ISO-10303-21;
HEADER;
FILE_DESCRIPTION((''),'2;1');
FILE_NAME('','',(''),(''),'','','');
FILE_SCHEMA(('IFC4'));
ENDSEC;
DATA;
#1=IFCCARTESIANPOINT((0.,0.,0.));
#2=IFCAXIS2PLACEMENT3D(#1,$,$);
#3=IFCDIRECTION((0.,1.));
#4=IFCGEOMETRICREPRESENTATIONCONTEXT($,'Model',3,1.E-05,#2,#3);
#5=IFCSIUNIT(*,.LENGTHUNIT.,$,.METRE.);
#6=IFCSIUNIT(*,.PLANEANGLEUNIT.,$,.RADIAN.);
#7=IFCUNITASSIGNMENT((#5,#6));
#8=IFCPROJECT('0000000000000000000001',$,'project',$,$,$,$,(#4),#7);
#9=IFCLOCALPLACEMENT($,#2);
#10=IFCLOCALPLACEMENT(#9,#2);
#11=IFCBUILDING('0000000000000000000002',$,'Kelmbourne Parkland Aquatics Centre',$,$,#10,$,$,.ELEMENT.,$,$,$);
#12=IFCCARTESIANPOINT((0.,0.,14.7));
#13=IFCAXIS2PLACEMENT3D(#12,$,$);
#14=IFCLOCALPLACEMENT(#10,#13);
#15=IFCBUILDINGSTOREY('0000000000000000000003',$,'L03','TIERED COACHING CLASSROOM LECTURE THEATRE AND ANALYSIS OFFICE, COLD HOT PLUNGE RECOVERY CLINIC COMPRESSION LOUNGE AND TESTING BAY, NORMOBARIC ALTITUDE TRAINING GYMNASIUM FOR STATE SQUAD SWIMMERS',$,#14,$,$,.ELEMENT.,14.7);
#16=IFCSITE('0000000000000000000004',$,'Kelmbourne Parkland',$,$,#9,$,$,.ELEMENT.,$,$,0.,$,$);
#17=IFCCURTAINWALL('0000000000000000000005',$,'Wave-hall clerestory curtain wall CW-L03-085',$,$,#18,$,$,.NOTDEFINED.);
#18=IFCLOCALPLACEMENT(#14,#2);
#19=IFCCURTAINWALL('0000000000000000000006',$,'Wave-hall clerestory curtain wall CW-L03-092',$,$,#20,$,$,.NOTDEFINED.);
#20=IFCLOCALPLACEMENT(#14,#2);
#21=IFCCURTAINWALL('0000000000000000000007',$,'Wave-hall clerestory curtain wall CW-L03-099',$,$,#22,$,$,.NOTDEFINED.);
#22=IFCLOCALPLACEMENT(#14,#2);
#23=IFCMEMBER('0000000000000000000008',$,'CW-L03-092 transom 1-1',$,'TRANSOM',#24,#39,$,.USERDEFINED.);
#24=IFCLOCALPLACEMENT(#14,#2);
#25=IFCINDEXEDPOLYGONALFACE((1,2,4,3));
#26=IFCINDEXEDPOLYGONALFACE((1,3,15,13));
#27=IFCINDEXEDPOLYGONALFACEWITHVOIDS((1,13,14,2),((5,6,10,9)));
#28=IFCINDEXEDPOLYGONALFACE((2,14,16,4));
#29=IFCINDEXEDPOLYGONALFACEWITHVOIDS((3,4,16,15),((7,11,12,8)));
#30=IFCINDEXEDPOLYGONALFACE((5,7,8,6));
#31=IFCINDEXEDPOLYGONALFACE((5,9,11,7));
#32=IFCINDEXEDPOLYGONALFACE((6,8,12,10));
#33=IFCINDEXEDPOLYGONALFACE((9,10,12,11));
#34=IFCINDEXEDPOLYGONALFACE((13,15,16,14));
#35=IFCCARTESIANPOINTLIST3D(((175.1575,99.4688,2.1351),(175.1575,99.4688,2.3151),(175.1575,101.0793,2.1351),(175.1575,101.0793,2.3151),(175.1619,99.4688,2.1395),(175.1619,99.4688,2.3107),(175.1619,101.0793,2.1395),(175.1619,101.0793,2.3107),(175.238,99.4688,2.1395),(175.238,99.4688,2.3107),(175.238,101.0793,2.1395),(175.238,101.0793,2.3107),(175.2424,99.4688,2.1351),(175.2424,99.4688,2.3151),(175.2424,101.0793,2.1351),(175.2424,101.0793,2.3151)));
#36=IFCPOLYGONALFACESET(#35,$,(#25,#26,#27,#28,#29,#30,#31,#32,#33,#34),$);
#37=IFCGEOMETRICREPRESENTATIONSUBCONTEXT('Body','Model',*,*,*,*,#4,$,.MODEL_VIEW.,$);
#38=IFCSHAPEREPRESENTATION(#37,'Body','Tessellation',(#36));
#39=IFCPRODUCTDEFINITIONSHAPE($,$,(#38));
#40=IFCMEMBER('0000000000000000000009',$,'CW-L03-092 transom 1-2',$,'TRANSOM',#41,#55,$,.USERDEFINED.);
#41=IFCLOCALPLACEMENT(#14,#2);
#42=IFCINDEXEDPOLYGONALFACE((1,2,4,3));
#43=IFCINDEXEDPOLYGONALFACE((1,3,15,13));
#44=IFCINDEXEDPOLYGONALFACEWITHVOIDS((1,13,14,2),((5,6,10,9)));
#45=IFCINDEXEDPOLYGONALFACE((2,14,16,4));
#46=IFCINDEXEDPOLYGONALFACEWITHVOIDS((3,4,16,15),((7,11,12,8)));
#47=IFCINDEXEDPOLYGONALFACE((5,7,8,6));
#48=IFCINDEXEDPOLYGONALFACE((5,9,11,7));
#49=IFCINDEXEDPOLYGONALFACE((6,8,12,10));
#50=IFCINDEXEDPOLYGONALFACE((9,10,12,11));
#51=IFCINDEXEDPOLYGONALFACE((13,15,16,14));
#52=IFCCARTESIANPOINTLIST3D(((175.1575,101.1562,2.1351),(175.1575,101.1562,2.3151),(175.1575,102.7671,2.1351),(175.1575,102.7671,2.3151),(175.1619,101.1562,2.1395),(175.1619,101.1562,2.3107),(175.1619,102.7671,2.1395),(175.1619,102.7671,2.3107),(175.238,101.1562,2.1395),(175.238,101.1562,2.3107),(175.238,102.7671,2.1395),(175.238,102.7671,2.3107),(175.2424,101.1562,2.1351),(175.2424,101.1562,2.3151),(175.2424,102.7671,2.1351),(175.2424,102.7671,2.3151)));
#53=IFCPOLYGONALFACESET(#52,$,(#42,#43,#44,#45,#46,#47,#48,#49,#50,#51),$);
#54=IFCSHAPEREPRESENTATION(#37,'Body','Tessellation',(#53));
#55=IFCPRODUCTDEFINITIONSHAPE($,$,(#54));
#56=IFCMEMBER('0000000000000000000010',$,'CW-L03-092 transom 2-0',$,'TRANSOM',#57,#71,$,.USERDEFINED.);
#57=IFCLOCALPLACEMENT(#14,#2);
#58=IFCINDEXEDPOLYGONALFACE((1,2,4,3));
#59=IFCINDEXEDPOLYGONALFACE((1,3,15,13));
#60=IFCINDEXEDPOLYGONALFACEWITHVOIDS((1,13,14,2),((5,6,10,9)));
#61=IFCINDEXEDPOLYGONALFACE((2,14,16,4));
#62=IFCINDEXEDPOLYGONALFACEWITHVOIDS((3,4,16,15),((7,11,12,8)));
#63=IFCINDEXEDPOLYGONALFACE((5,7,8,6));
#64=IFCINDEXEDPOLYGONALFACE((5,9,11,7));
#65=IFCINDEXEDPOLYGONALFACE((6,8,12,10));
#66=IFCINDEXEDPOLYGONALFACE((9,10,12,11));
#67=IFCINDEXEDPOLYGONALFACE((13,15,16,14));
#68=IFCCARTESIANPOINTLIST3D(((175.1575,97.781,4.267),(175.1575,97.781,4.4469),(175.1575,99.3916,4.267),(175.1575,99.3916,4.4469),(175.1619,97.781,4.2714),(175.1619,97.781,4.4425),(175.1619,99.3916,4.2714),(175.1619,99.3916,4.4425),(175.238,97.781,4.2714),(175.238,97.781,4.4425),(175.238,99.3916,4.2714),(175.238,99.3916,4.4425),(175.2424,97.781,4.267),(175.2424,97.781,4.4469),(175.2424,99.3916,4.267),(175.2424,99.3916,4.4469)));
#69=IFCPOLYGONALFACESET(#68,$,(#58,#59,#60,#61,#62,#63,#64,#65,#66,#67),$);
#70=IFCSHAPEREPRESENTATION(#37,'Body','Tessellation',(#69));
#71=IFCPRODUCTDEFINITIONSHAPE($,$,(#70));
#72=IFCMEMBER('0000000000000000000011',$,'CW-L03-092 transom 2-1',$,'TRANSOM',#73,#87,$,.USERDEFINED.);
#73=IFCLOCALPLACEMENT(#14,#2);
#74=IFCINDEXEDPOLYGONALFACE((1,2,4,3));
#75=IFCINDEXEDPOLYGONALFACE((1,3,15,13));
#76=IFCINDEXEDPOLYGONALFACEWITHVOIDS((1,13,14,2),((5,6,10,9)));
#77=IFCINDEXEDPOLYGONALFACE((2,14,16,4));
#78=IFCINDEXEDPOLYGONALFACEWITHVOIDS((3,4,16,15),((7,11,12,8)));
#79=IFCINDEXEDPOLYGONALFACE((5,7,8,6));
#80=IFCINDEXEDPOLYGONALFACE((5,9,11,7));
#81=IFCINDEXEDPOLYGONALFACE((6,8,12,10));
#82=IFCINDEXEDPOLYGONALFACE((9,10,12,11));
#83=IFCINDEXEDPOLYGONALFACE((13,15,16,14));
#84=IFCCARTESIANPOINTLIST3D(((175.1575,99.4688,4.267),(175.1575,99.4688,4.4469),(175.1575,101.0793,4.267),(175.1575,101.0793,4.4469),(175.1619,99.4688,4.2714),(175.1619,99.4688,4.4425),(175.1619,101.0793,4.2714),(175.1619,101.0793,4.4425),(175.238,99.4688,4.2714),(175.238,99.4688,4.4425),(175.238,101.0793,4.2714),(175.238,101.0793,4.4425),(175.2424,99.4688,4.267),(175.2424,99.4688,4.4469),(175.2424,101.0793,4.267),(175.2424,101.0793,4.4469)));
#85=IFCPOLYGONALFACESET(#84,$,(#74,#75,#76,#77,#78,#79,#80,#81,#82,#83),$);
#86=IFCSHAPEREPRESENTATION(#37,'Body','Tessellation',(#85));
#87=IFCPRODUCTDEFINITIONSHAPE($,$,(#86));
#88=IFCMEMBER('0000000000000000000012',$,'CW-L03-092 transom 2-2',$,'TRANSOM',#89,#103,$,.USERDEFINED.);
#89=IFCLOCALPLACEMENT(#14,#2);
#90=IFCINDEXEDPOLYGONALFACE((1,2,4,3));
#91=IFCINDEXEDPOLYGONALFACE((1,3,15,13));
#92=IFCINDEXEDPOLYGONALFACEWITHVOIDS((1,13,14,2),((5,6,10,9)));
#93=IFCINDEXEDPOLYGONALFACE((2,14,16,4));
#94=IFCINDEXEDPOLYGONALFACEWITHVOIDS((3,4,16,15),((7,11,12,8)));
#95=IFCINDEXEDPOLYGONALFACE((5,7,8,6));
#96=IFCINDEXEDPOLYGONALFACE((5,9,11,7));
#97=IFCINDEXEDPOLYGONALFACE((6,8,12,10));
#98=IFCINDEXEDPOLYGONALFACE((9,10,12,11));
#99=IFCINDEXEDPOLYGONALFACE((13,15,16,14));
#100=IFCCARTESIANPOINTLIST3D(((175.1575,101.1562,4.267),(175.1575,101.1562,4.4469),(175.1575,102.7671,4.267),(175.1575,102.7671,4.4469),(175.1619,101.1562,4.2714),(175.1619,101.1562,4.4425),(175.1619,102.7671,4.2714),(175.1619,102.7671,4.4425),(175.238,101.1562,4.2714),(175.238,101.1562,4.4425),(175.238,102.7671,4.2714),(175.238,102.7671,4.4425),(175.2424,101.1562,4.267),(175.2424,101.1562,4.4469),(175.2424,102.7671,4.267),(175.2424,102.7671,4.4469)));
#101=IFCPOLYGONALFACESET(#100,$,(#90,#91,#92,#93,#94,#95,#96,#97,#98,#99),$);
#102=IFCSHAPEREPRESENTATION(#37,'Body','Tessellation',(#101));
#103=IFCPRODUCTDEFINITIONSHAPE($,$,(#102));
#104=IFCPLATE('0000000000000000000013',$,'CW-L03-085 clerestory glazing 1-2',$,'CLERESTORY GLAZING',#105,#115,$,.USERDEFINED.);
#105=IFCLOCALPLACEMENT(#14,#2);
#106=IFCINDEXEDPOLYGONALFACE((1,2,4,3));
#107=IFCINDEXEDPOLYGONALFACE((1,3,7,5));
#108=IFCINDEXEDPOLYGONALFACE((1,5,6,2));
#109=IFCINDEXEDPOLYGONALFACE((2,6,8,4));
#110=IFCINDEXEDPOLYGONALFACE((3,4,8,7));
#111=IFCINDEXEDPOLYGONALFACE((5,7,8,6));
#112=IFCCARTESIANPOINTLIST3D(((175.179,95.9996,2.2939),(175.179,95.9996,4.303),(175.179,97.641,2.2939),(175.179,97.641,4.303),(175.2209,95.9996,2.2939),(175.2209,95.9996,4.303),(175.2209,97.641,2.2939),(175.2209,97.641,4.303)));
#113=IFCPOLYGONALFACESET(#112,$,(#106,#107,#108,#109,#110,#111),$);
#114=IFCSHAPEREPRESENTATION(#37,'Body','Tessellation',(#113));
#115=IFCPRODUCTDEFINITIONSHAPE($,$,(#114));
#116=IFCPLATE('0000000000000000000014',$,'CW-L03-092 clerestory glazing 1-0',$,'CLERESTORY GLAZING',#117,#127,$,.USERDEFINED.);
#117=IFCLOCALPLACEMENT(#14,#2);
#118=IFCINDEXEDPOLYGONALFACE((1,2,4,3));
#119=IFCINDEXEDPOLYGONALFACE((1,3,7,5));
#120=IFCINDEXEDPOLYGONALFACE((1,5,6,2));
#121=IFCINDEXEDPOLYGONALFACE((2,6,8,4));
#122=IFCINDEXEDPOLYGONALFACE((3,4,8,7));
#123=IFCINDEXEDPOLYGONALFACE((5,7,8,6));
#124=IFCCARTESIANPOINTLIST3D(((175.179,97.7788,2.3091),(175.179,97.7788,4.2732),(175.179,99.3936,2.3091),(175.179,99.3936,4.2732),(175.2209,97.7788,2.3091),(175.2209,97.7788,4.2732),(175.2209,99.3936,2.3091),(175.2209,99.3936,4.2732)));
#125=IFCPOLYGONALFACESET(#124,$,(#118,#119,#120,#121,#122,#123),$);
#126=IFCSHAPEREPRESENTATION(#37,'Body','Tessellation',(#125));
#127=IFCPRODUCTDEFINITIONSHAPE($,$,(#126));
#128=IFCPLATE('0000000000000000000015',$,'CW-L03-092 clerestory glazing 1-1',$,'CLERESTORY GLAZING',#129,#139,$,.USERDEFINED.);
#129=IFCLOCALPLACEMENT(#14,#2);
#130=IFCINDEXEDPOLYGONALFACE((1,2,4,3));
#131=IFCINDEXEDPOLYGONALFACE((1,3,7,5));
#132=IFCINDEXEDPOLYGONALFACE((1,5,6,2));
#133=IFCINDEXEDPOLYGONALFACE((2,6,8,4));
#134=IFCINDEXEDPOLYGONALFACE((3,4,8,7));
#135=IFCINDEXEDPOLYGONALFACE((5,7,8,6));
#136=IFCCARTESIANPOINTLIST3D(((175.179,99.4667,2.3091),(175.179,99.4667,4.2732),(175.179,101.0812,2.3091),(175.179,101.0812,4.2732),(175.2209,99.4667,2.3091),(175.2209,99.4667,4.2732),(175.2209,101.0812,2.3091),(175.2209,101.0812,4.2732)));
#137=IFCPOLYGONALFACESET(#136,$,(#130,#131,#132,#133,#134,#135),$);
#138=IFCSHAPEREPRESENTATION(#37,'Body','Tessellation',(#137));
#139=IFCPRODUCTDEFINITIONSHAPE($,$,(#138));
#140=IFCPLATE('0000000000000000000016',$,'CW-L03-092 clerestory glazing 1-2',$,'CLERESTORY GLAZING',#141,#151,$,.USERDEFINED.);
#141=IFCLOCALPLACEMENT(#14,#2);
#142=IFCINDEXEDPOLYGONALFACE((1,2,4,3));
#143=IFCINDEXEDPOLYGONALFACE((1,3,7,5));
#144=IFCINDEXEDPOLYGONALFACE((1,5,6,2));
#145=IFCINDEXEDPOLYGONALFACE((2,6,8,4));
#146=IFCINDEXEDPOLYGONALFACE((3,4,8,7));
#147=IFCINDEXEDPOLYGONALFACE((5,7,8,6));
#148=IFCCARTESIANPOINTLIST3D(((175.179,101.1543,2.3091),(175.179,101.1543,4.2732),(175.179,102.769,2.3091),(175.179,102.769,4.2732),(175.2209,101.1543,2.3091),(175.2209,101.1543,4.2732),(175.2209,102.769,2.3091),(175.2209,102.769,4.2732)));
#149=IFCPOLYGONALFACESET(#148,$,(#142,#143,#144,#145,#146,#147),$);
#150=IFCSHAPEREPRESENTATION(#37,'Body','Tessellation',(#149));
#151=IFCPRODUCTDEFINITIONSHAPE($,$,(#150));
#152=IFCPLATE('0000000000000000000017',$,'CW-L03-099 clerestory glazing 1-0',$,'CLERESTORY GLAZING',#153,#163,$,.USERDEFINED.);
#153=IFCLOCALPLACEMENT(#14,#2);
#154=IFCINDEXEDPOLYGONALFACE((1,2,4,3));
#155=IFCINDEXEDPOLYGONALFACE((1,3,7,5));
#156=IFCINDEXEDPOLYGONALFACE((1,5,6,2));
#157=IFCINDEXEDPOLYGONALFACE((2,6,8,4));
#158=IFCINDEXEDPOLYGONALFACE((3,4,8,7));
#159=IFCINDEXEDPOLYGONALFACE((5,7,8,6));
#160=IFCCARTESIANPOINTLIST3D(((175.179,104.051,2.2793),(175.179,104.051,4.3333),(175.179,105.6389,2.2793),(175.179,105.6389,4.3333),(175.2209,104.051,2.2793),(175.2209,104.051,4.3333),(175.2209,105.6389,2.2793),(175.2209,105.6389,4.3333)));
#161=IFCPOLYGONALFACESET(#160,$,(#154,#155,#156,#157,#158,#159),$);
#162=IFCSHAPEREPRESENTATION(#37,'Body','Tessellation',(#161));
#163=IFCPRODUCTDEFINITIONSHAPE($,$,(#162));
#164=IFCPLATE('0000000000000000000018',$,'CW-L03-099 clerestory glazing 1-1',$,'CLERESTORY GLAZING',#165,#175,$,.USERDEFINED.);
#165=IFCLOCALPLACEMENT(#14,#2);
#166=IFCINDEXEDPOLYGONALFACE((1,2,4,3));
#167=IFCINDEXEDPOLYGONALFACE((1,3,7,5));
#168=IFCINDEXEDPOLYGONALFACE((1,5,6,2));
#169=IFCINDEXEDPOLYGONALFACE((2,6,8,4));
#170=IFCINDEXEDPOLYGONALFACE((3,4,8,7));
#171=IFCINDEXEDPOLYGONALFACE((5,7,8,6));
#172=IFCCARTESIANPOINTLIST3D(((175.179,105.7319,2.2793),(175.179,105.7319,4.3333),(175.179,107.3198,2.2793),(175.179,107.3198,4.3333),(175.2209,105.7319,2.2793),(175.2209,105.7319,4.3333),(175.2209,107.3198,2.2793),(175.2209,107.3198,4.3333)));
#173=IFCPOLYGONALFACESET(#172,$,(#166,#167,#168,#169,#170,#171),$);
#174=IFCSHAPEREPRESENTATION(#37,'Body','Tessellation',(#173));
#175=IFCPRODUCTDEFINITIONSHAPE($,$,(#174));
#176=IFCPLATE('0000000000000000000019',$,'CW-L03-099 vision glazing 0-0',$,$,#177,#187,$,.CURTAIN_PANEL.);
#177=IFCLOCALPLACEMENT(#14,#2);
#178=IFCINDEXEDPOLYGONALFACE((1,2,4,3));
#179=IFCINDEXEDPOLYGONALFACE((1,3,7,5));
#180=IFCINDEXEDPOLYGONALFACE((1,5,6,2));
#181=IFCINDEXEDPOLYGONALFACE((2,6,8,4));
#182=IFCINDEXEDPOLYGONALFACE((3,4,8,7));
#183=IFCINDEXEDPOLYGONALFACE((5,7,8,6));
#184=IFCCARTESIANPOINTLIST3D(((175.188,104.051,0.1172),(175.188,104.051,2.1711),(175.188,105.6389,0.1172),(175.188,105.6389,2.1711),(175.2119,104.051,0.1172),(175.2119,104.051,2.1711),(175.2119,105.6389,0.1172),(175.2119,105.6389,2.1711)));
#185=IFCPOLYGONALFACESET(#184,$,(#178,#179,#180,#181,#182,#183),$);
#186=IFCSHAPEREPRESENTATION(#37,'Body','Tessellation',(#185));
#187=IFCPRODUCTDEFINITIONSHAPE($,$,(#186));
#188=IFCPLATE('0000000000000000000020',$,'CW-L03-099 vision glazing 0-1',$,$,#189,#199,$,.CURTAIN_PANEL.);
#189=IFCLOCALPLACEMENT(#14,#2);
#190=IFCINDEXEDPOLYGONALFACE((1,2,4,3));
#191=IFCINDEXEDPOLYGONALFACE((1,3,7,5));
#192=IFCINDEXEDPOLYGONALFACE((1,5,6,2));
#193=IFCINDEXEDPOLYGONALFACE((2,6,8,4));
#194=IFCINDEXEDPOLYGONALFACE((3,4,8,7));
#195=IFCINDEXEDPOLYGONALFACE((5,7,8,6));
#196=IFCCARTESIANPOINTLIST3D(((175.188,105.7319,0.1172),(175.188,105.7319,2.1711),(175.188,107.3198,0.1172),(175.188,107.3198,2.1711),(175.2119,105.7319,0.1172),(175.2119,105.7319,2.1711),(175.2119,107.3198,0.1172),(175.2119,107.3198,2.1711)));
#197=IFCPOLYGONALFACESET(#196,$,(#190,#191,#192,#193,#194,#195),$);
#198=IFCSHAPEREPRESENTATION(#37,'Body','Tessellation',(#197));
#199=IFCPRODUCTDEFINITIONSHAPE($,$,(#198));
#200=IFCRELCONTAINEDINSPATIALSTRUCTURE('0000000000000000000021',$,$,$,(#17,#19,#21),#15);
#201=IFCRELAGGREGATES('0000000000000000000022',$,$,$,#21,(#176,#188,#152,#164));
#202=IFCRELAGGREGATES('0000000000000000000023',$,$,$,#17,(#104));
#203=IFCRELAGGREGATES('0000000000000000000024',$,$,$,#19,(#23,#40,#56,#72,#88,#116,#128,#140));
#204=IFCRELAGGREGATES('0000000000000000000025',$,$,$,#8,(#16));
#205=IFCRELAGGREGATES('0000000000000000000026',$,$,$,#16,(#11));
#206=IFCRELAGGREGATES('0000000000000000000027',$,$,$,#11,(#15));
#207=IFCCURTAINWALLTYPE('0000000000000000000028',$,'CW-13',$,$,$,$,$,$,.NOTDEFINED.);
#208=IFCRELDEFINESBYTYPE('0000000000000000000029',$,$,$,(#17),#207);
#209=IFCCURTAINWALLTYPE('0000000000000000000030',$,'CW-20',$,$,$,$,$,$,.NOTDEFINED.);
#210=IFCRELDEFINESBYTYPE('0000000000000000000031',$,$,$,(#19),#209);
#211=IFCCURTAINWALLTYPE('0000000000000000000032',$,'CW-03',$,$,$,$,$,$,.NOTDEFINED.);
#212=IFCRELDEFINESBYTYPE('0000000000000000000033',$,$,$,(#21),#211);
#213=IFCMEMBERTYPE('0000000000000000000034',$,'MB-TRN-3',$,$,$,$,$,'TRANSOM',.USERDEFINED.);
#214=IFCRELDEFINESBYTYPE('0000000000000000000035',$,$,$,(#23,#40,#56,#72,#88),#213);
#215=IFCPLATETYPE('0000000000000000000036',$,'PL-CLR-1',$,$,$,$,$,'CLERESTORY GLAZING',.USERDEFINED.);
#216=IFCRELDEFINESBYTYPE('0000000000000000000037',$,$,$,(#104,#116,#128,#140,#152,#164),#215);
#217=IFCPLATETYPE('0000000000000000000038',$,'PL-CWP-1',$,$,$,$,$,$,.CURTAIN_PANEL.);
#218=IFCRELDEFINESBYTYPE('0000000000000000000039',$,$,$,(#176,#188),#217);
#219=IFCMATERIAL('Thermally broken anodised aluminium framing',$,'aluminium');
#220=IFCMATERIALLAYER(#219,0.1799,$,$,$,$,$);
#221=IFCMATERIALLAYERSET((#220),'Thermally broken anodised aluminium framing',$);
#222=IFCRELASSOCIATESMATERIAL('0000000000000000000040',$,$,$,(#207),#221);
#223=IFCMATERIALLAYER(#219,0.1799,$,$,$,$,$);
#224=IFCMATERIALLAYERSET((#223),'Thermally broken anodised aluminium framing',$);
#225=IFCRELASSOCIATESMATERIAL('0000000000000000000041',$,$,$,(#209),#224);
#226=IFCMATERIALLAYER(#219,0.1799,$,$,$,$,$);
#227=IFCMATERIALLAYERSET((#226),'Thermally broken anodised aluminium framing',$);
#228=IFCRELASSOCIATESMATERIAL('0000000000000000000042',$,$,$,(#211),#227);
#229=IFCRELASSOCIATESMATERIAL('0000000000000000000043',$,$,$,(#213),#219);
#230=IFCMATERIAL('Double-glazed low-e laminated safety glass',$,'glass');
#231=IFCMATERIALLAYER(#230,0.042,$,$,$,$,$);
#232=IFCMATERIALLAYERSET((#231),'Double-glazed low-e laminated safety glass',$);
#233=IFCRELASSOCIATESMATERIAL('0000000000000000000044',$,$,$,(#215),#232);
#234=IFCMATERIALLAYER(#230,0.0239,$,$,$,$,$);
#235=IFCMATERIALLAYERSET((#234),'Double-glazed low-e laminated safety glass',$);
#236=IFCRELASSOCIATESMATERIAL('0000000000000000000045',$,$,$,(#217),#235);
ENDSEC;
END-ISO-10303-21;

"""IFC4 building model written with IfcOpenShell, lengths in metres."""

from ifc_helpers import new_model, si_unit, direction, frame, origin, origin_2d, place, context, subcontext, project, spatial, rectangle, hollow_rectangle, extrude, material, layer, layer_set, material_profile, profile_set, type_object, element, aggregate, save


model = new_model("IFC4")

# Units and contexts
model_context = context("Model", 3, precision=1e-05, world=origin(), true_north=direction((0.0, 1.0)))
body_context = subcontext(model_context, "Body", "Model", "MODEL_VIEW")
ifc_project = project(units=[si_unit("LENGTHUNIT", "METRE"), si_unit("PLANEANGLEUNIT", "RADIAN")], contexts=[model_context])

# Site, building, storey
site_placement = place(None, origin())
site = spatial("IfcSite", under=ifc_project, at=site_placement, Name="Kelmbourne Parkland", CompositionType="ELEMENT", RefElevation=0.0)
building_placement = place(site_placement, origin())
building = spatial("IfcBuilding", under=site, at=building_placement, Name="Kelmbourne Parkland Aquatics Centre", CompositionType="ELEMENT")
storey_placement = place(building_placement, frame((0.0, 0.0, 14.7)))
storey = spatial("IfcBuildingStorey", under=building, at=storey_placement, Name="L03", Description="TIERED COACHING CLASSROOM LECTURE THEATRE AND ANALYSIS OFFICE, COLD HOT PLUNGE RECOVERY CLINIC COMPRESSION LOUNGE AND TESTING BAY, NORMOBARIC ALTITUDE TRAINING GYMNASIUM FOR STATE SQUAD SWIMMERS", CompositionType="ELEMENT", Elevation=14.7)

# Curtain wall
ifc_material_1 = material(Name="Thermally broken anodised aluminium framing", Category="aluminium")
ifc_layer_1 = layer(ifc_material_1, 0.1799)
ifc_layer_set_1 = layer_set([ifc_layer_1], Name="Thermally broken anodised aluminium framing")
curtain_wall_type_1 = type_object("IfcCurtainWallType", Name="CW-13", PredefinedType="NOTDEFINED", material=ifc_layer_set_1)
curtain_wall_1_placement = place(storey_placement, origin())
curtain_wall_1 = element("IfcCurtainWall", 1, at=curtain_wall_1_placement, inside=storey, type_object=curtain_wall_type_1, Name="Wave-hall clerestory curtain wall CW-L03-085", PredefinedType="NOTDEFINED")

# Curtain walls
ifc_layer_2 = layer(ifc_material_1, 0.1799)
ifc_layer_set_2 = layer_set([ifc_layer_2], Name="Thermally broken anodised aluminium framing")
curtain_wall_type_2 = type_object("IfcCurtainWallType", Name="CW-20", PredefinedType="NOTDEFINED", material=ifc_layer_set_2)
curtain_wall_2_placement = place(storey_placement, origin())
curtain_wall_2 = element("IfcCurtainWall", 2, at=curtain_wall_2_placement, inside=storey, type_object=curtain_wall_type_2, Name="Wave-hall clerestory curtain wall CW-L03-092", PredefinedType="NOTDEFINED")
ifc_layer_3 = layer(ifc_material_1, 0.1799)
ifc_layer_set_3 = layer_set([ifc_layer_3], Name="Thermally broken anodised aluminium framing")
curtain_wall_type_3 = type_object("IfcCurtainWallType", Name="CW-03", PredefinedType="NOTDEFINED", material=ifc_layer_set_3)
curtain_wall_3_placement = place(storey_placement, origin())
curtain_wall_3 = element("IfcCurtainWall", 3, at=curtain_wall_3_placement, inside=storey, type_object=curtain_wall_type_3, Name="Wave-hall clerestory curtain wall CW-L03-099", PredefinedType="NOTDEFINED")

# Members
ifc_material_profile_1 = material_profile(ifc_material_1, hollow_rectangle(XDim=0.085, YDim=0.1799, WallThickness=0.0044, at=origin_2d()), Name="CW-T 85x180")
ifc_profile_set_1 = profile_set([ifc_material_profile_1], Name="Thermally broken anodised aluminium framing")
member_type_1 = type_object("IfcMemberType", Name="MB-TRN-3", ElementType="TRANSOM", PredefinedType="USERDEFINED", material=ifc_profile_set_1)
member_1_placement = place(storey_placement, frame((175.2, 99.4688, 2.2251), z_axis=(0.0, 1.0, 0.0), x_axis=(-1.0, 0.0, 0.0)))
member_1 = element("IfcMember", 4, at=member_1_placement, type_object=member_type_1, Name="CW-L03-092 transom 1-1", ObjectType="TRANSOM", PredefinedType="USERDEFINED", context=body_context, shape_type="SweptSolid", body=[
    extrude(hollow_rectangle(XDim=0.085, YDim=0.1799, WallThickness=0.0044, at=origin_2d()), origin(), (0.0, 0.0, 1.0), 1.6106),
])
member_2_placement = place(storey_placement, frame((175.2, 101.1562, 2.2251), z_axis=(0.0, 1.0, 0.0), x_axis=(-1.0, 0.0, 0.0)))
member_2 = element("IfcMember", 5, at=member_2_placement, type_object=member_type_1, Name="CW-L03-092 transom 1-2", ObjectType="TRANSOM", PredefinedType="USERDEFINED", context=body_context, shape_type="SweptSolid", body=[
    extrude(hollow_rectangle(XDim=0.085, YDim=0.1799, WallThickness=0.0044, at=origin_2d()), origin(), (0.0, 0.0, 1.0), 1.6108),
])
member_3_placement = place(storey_placement, frame((175.2, 97.781, 4.3569), z_axis=(0.0, 1.0, 0.0), x_axis=(-1.0, 0.0, 0.0)))
member_3 = element("IfcMember", 6, at=member_3_placement, type_object=member_type_1, Name="CW-L03-092 transom 2-0", ObjectType="TRANSOM", PredefinedType="USERDEFINED", context=body_context, shape_type="SweptSolid", body=[
    extrude(hollow_rectangle(XDim=0.085, YDim=0.1799, WallThickness=0.0044, at=origin_2d()), origin(), (0.0, 0.0, 1.0), 1.6106),
])
member_4_placement = place(storey_placement, frame((175.2, 99.4688, 4.3569), z_axis=(0.0, 1.0, 0.0), x_axis=(-1.0, 0.0, 0.0)))
member_4 = element("IfcMember", 7, at=member_4_placement, type_object=member_type_1, Name="CW-L03-092 transom 2-1", ObjectType="TRANSOM", PredefinedType="USERDEFINED", context=body_context, shape_type="SweptSolid", body=[
    extrude(hollow_rectangle(XDim=0.085, YDim=0.1799, WallThickness=0.0044, at=origin_2d()), origin(), (0.0, 0.0, 1.0), 1.6106),
])
member_5_placement = place(storey_placement, frame((175.2, 101.1562, 4.3569), z_axis=(0.0, 1.0, 0.0), x_axis=(-1.0, 0.0, 0.0)))
member_5 = element("IfcMember", 8, at=member_5_placement, type_object=member_type_1, Name="CW-L03-092 transom 2-2", ObjectType="TRANSOM", PredefinedType="USERDEFINED", context=body_context, shape_type="SweptSolid", body=[
    extrude(hollow_rectangle(XDim=0.085, YDim=0.1799, WallThickness=0.0044, at=origin_2d()), origin(), (0.0, 0.0, 1.0), 1.6108),
])

# Plates
ifc_material_2 = material(Name="Double-glazed low-e laminated safety glass", Category="glass")
ifc_layer_4 = layer(ifc_material_2, 0.042)
ifc_layer_set_4 = layer_set([ifc_layer_4], Name="Double-glazed low-e laminated safety glass")
plate_type_1 = type_object("IfcPlateType", Name="PL-CLR-1", ElementType="CLERESTORY GLAZING", PredefinedType="USERDEFINED", material=ifc_layer_set_4)
plate_1_placement = place(storey_placement, frame((175.2, 96.8203, 2.2939), z_axis=(0.0, 0.0, 1.0), x_axis=(0.0, 1.0, 0.0)))
plate_1 = element("IfcPlate", 9, at=plate_1_placement, type_object=plate_type_1, Name="CW-L03-085 clerestory glazing 1-2", ObjectType="CLERESTORY GLAZING", PredefinedType="USERDEFINED", context=body_context, shape_type="SweptSolid", body=[
    extrude(rectangle(XDim=1.6414, YDim=0.042, at=origin_2d()), origin(), (0.0, 0.0, 1.0), 2.009),
])
plate_2_placement = place(storey_placement, frame((175.2, 98.5862, 2.3091), z_axis=(0.0, 0.0, 1.0), x_axis=(0.0, 1.0, 0.0)))
plate_2 = element("IfcPlate", 10, at=plate_2_placement, type_object=plate_type_1, Name="CW-L03-092 clerestory glazing 1-0", ObjectType="CLERESTORY GLAZING", PredefinedType="USERDEFINED", context=body_context, shape_type="SweptSolid", body=[
    extrude(rectangle(XDim=1.6147, YDim=0.042, at=origin_2d()), origin(), (0.0, 0.0, 1.0), 1.9641),
])
plate_3_placement = place(storey_placement, frame((175.2, 100.2739, 2.3091), z_axis=(0.0, 0.0, 1.0), x_axis=(0.0, 1.0, 0.0)))
plate_3 = element("IfcPlate", 11, at=plate_3_placement, type_object=plate_type_1, Name="CW-L03-092 clerestory glazing 1-1", ObjectType="CLERESTORY GLAZING", PredefinedType="USERDEFINED", context=body_context, shape_type="SweptSolid", body=[
    extrude(rectangle(XDim=1.6145, YDim=0.042, at=origin_2d()), origin(), (0.0, 0.0, 1.0), 1.9641),
])
plate_4_placement = place(storey_placement, frame((175.2, 101.9617, 2.3091), z_axis=(0.0, 0.0, 1.0), x_axis=(0.0, 1.0, 0.0)))
plate_4 = element("IfcPlate", 12, at=plate_4_placement, type_object=plate_type_1, Name="CW-L03-092 clerestory glazing 1-2", ObjectType="CLERESTORY GLAZING", PredefinedType="USERDEFINED", context=body_context, shape_type="SweptSolid", body=[
    extrude(rectangle(XDim=1.6147, YDim=0.042, at=origin_2d()), origin(), (0.0, 0.0, 1.0), 1.9641),
])
plate_5_placement = place(storey_placement, frame((175.2, 104.845, 2.2793), z_axis=(0.0, 0.0, 1.0), x_axis=(0.0, 1.0, 0.0)))
plate_5 = element("IfcPlate", 13, at=plate_5_placement, type_object=plate_type_1, Name="CW-L03-099 clerestory glazing 1-0", ObjectType="CLERESTORY GLAZING", PredefinedType="USERDEFINED", context=body_context, shape_type="SweptSolid", body=[
    extrude(rectangle(XDim=1.5879, YDim=0.042, at=origin_2d()), origin(), (0.0, 0.0, 1.0), 2.054),
])
plate_6_placement = place(storey_placement, frame((175.2, 106.5259, 2.2793), z_axis=(0.0, 0.0, 1.0), x_axis=(0.0, 1.0, 0.0)))
plate_6 = element("IfcPlate", 14, at=plate_6_placement, type_object=plate_type_1, Name="CW-L03-099 clerestory glazing 1-1", ObjectType="CLERESTORY GLAZING", PredefinedType="USERDEFINED", context=body_context, shape_type="SweptSolid", body=[
    extrude(rectangle(XDim=1.5879, YDim=0.042, at=origin_2d()), origin(), (0.0, 0.0, 1.0), 2.054),
])
ifc_layer_5 = layer(ifc_material_2, 0.0239)
ifc_layer_set_5 = layer_set([ifc_layer_5], Name="Double-glazed low-e laminated safety glass")
plate_type_2 = type_object("IfcPlateType", Name="PL-CWP-1", PredefinedType="CURTAIN_PANEL", material=ifc_layer_set_5)
plate_7_placement = place(storey_placement, frame((175.2, 104.845, 0.1172), z_axis=(0.0, 0.0, 1.0), x_axis=(0.0, 1.0, 0.0)))
plate_7 = element("IfcPlate", 15, at=plate_7_placement, type_object=plate_type_2, Name="CW-L03-099 vision glazing 0-0", PredefinedType="CURTAIN_PANEL", context=body_context, shape_type="SweptSolid", body=[
    extrude(rectangle(XDim=1.5879, YDim=0.0239, at=origin_2d()), origin(), (0.0, 0.0, 1.0), 2.054),
])
plate_8_placement = place(storey_placement, frame((175.2, 106.5259, 0.1172), z_axis=(0.0, 0.0, 1.0), x_axis=(0.0, 1.0, 0.0)))
plate_8 = element("IfcPlate", 16, at=plate_8_placement, type_object=plate_type_2, Name="CW-L03-099 vision glazing 0-1", PredefinedType="CURTAIN_PANEL", context=body_context, shape_type="SweptSolid", body=[
    extrude(rectangle(XDim=1.5879, YDim=0.0239, at=origin_2d()), origin(), (0.0, 0.0, 1.0), 2.054),
])
aggregate(curtain_wall_3, [plate_7, plate_8, plate_5, plate_6])
aggregate(curtain_wall_1, [plate_1])
aggregate(curtain_wall_2, [member_1, member_2, member_3, member_4, member_5, plate_2, plate_3, plate_4])

save(model, "model.ifc")
